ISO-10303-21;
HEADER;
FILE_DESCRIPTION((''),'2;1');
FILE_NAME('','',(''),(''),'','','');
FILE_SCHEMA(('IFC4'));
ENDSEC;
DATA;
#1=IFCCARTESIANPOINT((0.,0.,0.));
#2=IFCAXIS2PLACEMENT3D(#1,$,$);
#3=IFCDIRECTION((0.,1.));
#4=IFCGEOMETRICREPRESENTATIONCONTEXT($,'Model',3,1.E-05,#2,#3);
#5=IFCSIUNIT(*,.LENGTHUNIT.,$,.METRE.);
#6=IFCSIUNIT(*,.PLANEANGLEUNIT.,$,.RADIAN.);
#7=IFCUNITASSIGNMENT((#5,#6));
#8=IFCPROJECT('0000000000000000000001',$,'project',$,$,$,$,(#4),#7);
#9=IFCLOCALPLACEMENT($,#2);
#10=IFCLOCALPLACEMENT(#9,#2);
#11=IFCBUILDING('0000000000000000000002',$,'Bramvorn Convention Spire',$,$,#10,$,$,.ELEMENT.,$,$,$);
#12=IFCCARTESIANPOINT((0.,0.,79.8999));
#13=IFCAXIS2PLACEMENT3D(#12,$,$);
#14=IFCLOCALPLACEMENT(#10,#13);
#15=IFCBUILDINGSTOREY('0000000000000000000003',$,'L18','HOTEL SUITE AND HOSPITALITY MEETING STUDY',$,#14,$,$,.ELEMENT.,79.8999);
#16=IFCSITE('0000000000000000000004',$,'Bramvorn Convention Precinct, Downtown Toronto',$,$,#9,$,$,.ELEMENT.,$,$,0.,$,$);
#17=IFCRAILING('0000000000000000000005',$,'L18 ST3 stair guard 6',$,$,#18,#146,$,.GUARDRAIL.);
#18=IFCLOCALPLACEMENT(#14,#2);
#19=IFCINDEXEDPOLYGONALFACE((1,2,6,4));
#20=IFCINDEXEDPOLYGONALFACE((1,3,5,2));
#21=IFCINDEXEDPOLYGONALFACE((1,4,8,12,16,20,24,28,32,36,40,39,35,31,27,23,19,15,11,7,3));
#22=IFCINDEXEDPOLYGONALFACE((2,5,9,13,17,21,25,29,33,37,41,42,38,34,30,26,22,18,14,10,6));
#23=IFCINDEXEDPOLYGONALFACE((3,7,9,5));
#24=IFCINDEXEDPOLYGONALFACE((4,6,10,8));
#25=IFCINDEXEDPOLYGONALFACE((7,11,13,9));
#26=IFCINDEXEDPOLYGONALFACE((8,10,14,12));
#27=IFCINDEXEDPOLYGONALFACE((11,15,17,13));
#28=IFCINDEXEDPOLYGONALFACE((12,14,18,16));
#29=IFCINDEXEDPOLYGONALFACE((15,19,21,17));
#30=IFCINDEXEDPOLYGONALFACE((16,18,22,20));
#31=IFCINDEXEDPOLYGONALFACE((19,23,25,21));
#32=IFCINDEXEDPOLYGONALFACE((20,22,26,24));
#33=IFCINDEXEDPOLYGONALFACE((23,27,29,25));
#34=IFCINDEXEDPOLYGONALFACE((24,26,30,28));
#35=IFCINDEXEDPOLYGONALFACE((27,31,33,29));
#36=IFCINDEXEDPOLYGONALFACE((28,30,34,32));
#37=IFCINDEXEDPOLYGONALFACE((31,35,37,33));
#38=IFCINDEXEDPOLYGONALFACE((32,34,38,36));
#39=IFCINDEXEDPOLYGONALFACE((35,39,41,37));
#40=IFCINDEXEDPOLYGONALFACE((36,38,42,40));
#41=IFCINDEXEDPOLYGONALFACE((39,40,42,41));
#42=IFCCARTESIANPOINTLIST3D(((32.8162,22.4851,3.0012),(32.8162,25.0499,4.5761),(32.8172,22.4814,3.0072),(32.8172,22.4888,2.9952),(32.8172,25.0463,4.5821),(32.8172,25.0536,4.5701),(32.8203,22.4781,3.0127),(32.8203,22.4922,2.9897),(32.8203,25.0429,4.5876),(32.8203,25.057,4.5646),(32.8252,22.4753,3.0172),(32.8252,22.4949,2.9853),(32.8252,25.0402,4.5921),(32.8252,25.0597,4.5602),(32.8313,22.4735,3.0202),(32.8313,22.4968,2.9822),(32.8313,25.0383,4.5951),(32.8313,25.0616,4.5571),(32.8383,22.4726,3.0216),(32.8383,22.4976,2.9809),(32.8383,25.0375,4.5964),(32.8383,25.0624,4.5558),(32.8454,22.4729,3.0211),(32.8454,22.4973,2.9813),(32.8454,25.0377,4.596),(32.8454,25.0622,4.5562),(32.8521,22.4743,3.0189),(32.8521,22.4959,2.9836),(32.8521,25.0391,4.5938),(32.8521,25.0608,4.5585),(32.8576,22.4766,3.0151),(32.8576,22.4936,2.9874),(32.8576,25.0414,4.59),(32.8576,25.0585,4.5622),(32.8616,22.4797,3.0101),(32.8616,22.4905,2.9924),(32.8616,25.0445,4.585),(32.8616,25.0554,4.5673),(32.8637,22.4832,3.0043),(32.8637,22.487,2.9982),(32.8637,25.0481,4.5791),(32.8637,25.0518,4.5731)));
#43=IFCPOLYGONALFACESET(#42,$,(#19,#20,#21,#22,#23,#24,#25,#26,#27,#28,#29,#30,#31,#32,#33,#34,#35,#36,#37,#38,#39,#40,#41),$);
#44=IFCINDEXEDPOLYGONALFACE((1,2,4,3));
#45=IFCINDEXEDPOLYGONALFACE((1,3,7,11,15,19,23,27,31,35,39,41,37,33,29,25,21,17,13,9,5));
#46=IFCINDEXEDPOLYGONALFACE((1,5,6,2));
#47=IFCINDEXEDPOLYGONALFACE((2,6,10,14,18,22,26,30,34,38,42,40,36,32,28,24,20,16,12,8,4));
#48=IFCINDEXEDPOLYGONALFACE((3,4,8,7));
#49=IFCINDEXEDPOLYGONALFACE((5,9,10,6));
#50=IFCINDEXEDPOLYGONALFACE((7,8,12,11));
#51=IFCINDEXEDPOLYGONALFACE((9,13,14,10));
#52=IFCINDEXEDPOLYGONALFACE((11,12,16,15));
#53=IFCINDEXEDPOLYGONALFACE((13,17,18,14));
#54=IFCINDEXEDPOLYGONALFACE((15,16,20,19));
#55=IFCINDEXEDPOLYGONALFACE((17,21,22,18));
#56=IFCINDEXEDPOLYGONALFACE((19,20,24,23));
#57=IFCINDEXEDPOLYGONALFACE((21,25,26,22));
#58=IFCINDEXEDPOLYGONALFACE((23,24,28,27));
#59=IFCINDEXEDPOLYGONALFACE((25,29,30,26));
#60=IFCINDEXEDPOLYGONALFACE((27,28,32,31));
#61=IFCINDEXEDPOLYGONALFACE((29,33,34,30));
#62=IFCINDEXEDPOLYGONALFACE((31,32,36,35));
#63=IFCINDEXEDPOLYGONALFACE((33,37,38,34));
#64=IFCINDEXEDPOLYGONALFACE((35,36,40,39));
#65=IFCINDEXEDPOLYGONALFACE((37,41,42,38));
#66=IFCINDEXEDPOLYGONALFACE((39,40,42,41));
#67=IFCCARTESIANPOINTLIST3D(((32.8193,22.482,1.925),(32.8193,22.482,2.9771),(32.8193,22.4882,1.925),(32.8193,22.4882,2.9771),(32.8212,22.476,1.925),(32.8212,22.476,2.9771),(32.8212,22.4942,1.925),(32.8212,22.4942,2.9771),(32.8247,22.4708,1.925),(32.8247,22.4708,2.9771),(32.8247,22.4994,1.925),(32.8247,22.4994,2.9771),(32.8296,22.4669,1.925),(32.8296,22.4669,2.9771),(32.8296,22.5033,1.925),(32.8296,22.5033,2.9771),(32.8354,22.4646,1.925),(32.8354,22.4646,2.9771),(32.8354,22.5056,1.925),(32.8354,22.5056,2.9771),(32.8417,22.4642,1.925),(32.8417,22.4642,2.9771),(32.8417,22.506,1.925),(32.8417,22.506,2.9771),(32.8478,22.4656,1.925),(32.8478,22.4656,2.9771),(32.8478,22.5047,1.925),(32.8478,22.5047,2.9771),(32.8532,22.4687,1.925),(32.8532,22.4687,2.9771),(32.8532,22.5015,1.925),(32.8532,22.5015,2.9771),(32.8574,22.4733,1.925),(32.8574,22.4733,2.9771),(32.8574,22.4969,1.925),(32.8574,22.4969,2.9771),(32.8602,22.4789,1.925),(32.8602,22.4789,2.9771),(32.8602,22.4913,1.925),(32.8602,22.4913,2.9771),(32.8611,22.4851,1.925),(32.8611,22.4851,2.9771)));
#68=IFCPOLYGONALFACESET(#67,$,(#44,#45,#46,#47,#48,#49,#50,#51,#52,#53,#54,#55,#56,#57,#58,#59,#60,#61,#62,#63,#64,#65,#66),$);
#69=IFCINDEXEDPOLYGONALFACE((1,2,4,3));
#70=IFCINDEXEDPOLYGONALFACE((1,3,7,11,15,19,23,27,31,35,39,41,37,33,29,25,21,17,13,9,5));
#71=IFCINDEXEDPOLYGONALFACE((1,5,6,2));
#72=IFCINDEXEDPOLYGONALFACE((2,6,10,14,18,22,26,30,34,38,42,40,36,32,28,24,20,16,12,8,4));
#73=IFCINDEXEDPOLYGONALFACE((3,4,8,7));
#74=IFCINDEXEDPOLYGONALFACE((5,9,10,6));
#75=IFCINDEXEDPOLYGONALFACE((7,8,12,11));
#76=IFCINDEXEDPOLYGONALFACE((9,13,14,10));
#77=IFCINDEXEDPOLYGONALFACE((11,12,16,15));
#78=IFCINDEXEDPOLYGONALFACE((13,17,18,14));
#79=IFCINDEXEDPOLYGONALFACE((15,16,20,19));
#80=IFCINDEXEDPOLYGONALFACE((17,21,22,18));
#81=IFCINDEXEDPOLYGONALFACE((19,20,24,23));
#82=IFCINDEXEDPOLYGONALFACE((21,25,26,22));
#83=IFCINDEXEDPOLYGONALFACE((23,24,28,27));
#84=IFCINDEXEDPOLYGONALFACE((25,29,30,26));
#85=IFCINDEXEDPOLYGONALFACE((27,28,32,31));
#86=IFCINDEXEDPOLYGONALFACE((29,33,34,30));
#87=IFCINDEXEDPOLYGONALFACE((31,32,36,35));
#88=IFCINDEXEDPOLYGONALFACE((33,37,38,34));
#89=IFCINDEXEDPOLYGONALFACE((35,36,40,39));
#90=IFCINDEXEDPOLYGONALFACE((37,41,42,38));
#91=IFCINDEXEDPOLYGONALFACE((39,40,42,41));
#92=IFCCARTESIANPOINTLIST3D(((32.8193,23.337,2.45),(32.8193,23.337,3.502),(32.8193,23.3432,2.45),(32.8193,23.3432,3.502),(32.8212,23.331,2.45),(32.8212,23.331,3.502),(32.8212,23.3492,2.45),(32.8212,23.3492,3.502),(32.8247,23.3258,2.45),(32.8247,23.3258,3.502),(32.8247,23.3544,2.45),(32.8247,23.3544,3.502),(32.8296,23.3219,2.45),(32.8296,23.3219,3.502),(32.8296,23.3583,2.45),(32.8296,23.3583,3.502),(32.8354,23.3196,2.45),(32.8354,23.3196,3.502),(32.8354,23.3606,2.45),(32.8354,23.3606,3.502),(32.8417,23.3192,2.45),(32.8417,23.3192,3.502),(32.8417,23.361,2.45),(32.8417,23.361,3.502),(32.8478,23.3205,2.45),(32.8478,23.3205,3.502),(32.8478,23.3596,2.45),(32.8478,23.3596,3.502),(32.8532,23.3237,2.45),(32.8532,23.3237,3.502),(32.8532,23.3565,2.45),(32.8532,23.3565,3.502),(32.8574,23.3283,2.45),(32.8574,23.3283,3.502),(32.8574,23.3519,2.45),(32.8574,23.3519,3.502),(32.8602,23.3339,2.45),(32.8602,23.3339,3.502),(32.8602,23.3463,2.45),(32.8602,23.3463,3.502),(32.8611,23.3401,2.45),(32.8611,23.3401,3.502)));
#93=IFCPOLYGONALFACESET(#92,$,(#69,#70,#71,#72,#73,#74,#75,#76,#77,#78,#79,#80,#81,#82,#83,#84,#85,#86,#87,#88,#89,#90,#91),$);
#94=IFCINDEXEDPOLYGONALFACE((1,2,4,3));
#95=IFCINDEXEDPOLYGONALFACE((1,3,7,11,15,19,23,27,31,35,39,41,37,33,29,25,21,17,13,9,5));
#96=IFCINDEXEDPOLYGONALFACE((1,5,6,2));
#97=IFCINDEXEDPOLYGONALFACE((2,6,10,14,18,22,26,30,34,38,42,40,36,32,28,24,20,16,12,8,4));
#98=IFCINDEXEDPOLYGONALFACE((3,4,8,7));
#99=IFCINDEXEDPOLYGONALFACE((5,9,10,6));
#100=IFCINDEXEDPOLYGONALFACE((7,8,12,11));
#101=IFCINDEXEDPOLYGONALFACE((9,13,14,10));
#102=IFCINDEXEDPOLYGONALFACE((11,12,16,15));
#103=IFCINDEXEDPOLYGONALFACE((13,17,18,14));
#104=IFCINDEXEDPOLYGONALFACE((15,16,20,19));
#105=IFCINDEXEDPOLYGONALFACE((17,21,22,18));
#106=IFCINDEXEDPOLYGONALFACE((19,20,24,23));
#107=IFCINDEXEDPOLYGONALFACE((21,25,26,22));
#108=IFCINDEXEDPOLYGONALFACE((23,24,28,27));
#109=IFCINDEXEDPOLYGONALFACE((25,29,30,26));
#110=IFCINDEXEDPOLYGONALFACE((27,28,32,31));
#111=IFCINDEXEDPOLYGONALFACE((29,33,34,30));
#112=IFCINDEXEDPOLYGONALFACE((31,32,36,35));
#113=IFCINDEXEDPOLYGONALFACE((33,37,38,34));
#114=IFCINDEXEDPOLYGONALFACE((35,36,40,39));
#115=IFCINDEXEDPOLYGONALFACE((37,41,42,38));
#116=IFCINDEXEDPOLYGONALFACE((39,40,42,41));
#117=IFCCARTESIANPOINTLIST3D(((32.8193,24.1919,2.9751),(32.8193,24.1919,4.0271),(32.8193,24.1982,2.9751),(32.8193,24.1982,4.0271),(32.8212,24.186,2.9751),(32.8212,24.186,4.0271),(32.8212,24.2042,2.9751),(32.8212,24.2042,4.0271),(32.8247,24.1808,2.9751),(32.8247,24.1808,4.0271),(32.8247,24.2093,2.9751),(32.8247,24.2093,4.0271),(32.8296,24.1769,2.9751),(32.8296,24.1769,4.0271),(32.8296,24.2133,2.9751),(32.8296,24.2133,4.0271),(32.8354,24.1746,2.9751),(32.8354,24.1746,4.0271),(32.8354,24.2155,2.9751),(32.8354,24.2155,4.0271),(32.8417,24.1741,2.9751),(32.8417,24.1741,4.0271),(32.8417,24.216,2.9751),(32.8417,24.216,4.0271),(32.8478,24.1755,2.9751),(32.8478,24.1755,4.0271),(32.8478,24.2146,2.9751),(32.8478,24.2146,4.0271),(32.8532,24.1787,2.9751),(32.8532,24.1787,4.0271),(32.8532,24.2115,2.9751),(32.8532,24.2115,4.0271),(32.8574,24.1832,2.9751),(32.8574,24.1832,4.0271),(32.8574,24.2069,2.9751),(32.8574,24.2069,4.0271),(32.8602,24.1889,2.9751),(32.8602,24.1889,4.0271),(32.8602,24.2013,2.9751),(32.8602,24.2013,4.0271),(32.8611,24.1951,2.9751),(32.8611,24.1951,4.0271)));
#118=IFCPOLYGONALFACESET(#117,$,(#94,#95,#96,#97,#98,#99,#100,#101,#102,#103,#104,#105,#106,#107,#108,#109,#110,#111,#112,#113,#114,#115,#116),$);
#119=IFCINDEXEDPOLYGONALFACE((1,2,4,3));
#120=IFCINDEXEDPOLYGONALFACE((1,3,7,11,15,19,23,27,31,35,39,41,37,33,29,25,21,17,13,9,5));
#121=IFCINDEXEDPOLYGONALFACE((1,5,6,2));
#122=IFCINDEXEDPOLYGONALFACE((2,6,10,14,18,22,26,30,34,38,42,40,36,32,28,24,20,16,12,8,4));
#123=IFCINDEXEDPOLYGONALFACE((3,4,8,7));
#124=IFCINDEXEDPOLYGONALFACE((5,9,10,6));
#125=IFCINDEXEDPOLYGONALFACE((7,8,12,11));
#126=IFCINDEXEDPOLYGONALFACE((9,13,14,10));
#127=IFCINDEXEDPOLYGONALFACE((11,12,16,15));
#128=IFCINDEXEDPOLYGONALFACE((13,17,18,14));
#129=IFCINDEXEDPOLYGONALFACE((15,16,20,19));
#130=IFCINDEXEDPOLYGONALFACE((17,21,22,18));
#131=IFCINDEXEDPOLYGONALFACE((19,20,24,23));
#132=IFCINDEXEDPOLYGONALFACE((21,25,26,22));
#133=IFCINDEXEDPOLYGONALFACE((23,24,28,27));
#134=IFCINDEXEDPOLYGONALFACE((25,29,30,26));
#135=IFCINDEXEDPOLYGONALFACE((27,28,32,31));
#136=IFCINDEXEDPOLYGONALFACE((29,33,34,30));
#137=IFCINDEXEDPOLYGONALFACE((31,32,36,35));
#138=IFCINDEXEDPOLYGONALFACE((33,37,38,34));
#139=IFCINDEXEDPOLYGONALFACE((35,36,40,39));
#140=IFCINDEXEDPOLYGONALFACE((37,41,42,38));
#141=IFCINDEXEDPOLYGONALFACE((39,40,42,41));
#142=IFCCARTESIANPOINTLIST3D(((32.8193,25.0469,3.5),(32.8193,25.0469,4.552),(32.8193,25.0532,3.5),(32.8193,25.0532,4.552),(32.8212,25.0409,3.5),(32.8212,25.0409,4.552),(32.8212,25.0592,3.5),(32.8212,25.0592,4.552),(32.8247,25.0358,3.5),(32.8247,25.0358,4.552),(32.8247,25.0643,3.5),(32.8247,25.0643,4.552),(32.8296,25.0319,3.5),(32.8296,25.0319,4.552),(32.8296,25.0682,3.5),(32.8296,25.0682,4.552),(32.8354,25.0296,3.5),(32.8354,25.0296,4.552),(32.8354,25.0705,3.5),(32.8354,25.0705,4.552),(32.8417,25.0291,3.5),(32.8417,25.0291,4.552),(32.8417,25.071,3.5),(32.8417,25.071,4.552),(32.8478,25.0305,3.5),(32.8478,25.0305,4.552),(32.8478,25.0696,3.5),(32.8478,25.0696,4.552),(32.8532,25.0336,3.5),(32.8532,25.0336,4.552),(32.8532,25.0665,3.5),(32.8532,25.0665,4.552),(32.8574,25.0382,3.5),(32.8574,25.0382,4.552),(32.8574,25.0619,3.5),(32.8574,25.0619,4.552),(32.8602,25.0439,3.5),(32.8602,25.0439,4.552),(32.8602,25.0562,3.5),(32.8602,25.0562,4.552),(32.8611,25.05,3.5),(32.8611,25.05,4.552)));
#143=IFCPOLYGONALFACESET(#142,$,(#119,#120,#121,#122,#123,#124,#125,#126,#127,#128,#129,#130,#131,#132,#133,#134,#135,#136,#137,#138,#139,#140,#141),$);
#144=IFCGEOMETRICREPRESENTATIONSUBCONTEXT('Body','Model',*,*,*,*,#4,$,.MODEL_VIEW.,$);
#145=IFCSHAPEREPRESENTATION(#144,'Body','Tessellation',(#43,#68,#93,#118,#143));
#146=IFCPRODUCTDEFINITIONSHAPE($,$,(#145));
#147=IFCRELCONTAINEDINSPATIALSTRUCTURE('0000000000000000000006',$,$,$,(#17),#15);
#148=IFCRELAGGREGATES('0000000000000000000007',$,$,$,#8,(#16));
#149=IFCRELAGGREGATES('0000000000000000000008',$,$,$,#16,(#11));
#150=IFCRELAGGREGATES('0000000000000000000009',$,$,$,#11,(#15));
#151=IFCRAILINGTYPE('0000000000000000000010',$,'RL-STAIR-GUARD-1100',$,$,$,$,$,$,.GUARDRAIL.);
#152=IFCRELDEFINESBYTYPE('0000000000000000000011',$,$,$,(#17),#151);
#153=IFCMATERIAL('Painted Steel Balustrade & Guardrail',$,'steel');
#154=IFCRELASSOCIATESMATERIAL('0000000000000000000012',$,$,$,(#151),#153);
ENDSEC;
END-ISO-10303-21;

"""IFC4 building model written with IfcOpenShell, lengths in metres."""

from ifc_helpers import new_model, si_unit, direction, frame, origin, origin_2d, place, context, subcontext, project, spatial, circle, extrude, material, type_object, element, save


model = new_model("IFC4")

# Units and contexts
model_context = context("Model", 3, precision=1e-05, world=origin(), true_north=direction((0.0, 1.0)))
body_context = subcontext(model_context, "Body", "Model", "MODEL_VIEW")
ifc_project = project(units=[si_unit("LENGTHUNIT", "METRE"), si_unit("PLANEANGLEUNIT", "RADIAN")], contexts=[model_context])

# Site, building, storey
site_placement = place(None, origin())
site = spatial("IfcSite", under=ifc_project, at=site_placement, Name="Bramvorn Convention Precinct, Downtown Toronto", CompositionType="ELEMENT", RefElevation=0.0)
building_placement = place(site_placement, origin())
building = spatial("IfcBuilding", under=site, at=building_placement, Name="Bramvorn Convention Spire", CompositionType="ELEMENT")
storey_placement = place(building_placement, frame((0.0, 0.0, 79.8999)))
storey = spatial("IfcBuildingStorey", under=building, at=storey_placement, Name="L18", Description="HOTEL SUITE AND HOSPITALITY MEETING STUDY", CompositionType="ELEMENT", Elevation=79.8999)

# Railing
ifc_material_1 = material(Name="Painted Steel Balustrade & Guardrail", Category="steel")
railing_type_1 = type_object("IfcRailingType", Name="RL-STAIR-GUARD-1100", PredefinedType="GUARDRAIL", material=ifc_material_1)
railing_1_placement = place(storey_placement, frame((32.8401, 22.4851, 1.925)))
element("IfcRailing", 1, at=railing_1_placement, inside=storey, type_object=railing_type_1, Name="L18 ST3 stair guard 6", PredefinedType="GUARDRAIL", context=body_context, shape_type="SweptSolid", body=[
    extrude(circle(Radius=0.0239, at=origin_2d()), frame((0.0, 0.0, 1.0762), z_axis=(0.0, 0.852173, 0.52326), x_axis=(-1.0, 0.0, 0.0)), (0.0, 0.0, 1.0), 3.0098),
    extrude(circle(Radius=0.021, at=origin_2d()), origin(), (0.0, 0.0, 1.0), 1.052),
    extrude(circle(Radius=0.021, at=origin_2d()), frame((0.0, 0.855, 0.5249)), (0.0, 0.0, 1.0), 1.052),
    extrude(circle(Radius=0.021, at=origin_2d()), frame((0.0, 1.71, 1.05)), (0.0, 0.0, 1.0), 1.052),
    extrude(circle(Radius=0.021, at=origin_2d()), frame((0.0, 2.5649, 1.575)), (0.0, 0.0, 1.0), 1.052),
])

save(model, "model.ifc")
